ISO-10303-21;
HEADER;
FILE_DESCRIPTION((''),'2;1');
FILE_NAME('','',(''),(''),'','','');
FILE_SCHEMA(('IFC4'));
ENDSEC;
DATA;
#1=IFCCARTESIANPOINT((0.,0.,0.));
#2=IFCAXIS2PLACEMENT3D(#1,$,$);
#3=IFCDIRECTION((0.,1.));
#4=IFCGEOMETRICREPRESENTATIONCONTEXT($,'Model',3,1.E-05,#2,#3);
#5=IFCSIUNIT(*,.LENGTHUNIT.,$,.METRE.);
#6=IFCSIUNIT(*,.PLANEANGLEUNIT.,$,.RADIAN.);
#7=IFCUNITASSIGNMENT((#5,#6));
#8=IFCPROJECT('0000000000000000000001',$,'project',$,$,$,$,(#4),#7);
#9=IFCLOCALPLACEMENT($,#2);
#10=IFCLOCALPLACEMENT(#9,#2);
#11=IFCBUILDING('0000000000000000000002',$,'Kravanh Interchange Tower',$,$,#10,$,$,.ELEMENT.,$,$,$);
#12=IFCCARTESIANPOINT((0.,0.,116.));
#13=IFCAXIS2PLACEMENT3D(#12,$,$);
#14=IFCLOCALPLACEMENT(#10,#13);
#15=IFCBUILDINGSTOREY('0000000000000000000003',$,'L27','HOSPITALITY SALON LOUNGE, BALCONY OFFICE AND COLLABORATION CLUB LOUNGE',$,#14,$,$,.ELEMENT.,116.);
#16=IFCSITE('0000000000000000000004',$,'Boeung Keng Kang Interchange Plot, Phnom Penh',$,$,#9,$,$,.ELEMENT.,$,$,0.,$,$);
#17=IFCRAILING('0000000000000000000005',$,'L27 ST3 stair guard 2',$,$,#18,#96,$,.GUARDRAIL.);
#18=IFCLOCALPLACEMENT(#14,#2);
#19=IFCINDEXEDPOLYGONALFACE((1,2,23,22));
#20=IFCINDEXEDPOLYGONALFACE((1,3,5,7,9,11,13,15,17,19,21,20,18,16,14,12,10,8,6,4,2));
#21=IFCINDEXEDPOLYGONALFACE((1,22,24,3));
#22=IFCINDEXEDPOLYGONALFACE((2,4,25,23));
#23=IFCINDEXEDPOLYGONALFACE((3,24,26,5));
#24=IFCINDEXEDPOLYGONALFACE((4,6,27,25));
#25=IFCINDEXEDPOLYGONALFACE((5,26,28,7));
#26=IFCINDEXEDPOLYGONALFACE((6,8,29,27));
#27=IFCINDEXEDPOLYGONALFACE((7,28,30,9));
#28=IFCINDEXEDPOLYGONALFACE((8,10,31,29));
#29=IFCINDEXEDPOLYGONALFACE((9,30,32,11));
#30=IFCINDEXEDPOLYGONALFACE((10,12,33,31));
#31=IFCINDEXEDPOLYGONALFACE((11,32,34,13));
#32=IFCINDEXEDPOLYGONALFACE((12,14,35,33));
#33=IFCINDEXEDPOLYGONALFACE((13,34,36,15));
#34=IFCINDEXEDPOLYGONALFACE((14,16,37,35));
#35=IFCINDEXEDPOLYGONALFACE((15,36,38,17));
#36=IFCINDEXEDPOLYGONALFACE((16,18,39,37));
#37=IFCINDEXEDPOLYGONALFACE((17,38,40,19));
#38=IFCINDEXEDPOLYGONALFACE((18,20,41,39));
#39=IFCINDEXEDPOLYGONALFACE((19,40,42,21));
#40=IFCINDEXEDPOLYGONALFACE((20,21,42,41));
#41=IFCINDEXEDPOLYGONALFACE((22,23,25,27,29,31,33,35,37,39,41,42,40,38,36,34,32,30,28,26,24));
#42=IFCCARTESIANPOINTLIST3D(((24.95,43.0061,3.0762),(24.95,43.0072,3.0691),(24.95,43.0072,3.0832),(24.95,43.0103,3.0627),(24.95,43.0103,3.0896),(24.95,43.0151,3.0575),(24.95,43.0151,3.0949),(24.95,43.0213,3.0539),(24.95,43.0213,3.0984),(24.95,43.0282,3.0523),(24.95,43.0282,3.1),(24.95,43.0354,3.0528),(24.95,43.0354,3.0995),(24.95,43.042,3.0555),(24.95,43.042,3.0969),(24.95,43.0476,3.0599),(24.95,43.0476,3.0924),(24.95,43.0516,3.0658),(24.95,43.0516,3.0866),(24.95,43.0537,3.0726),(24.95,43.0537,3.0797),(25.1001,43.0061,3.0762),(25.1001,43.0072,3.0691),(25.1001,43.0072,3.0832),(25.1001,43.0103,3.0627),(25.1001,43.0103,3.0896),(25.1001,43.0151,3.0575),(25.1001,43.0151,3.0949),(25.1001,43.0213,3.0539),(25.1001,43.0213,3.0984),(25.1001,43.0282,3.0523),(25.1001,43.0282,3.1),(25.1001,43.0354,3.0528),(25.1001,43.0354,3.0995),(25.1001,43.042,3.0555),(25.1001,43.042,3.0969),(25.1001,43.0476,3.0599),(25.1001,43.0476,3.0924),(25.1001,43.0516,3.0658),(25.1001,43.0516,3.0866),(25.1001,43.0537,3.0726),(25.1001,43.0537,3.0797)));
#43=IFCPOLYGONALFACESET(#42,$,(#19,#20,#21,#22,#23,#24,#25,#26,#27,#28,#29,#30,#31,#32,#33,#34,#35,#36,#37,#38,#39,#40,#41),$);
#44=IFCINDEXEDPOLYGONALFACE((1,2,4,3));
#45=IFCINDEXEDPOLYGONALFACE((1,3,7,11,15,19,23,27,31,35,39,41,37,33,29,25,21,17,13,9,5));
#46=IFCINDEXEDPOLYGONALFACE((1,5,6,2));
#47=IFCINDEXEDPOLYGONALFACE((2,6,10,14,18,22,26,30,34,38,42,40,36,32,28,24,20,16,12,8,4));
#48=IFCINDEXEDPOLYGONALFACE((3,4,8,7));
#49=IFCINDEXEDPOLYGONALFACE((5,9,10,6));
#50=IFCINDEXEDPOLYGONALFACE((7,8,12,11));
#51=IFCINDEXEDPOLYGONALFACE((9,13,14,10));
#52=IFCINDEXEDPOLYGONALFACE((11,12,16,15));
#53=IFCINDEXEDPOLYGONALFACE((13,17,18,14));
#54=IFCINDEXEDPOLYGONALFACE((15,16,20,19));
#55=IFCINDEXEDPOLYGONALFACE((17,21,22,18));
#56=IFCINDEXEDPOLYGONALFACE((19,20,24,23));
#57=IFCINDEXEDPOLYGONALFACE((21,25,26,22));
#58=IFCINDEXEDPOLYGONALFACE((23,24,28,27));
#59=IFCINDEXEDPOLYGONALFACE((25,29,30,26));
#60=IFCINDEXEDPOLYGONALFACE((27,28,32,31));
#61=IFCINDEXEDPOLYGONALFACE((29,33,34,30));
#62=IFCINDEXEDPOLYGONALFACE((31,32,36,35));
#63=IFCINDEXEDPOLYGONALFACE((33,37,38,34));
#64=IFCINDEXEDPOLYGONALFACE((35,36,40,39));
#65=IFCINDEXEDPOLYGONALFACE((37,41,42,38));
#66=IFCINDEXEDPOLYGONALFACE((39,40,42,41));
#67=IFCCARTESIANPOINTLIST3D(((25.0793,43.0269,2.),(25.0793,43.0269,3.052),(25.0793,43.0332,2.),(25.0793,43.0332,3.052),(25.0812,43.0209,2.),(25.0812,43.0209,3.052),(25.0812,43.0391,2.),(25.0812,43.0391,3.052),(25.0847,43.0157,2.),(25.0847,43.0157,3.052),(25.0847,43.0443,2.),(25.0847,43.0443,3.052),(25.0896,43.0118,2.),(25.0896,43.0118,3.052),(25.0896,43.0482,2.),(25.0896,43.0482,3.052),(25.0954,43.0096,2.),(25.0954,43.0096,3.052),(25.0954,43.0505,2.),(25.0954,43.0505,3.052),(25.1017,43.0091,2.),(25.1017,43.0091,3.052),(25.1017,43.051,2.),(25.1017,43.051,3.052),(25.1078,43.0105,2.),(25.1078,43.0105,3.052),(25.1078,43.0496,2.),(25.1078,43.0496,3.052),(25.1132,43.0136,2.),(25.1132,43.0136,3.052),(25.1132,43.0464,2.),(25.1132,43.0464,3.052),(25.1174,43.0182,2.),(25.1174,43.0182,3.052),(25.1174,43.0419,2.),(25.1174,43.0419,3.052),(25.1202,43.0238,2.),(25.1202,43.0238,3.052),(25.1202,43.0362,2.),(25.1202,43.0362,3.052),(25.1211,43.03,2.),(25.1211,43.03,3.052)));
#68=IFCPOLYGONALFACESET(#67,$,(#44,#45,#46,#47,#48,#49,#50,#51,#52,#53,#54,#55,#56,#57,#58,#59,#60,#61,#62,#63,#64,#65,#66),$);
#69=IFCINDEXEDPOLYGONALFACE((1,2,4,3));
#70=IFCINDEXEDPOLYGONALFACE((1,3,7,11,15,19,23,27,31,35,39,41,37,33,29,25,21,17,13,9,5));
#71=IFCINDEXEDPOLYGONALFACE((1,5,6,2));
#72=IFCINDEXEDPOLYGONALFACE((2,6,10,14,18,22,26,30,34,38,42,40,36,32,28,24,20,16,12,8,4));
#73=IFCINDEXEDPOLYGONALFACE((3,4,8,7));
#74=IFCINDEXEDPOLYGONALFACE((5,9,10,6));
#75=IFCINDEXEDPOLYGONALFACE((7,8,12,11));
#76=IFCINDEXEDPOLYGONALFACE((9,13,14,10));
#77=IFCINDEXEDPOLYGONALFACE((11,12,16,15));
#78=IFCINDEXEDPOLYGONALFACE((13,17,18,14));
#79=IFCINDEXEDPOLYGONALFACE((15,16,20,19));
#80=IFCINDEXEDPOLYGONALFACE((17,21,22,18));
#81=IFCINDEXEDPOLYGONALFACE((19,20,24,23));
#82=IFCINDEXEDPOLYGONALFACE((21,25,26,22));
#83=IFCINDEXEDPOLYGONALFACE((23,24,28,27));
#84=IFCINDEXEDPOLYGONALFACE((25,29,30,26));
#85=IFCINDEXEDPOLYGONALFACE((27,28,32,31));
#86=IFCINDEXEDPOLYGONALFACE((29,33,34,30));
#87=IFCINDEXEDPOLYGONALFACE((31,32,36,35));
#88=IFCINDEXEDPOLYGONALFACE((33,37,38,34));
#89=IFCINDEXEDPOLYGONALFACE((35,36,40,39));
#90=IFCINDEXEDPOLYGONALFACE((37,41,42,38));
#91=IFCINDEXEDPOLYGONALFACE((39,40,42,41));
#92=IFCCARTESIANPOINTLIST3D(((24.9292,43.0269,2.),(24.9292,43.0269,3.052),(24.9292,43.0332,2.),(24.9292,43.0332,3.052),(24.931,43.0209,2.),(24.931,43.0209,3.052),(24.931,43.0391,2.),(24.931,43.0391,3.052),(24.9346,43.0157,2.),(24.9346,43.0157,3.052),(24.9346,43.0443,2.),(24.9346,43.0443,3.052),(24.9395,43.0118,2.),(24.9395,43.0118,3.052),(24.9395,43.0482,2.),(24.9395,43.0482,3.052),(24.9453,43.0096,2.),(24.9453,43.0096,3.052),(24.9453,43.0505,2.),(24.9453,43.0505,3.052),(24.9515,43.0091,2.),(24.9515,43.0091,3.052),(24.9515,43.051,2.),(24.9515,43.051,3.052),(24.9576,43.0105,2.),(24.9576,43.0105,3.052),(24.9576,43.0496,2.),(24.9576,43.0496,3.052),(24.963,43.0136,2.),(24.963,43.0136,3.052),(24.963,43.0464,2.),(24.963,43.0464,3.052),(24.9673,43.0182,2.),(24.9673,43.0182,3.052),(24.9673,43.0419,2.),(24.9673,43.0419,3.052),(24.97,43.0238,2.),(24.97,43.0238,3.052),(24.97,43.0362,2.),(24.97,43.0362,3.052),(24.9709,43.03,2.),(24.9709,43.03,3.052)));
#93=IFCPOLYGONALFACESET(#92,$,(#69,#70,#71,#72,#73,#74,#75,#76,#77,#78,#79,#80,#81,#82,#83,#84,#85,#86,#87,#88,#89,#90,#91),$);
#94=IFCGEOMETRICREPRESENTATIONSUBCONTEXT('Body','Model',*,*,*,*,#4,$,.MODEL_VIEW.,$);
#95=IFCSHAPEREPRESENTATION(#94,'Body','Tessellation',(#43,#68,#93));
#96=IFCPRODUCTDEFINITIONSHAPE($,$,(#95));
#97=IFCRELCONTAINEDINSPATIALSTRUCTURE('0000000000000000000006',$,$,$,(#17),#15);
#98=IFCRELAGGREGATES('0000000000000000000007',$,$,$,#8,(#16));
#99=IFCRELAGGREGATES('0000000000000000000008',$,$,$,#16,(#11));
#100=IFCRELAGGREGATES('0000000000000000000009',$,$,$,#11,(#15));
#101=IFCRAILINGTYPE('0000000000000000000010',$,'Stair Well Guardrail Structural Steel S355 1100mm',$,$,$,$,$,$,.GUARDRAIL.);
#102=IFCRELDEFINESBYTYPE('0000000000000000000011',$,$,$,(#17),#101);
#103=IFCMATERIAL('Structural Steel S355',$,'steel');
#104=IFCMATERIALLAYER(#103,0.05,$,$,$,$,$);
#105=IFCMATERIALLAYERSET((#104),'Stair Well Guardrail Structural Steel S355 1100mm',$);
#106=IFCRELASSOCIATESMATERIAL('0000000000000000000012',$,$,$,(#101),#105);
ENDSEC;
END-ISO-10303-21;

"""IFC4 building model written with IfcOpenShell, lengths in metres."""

from ifc_helpers import new_model, si_unit, direction, frame, origin, origin_2d, place, context, subcontext, project, spatial, circle, extrude, material, layer, layer_set, type_object, element, save


model = new_model("IFC4")

# Units and contexts
model_context = context("Model", 3, precision=1e-05, world=origin(), true_north=direction((0.0, 1.0)))
body_context = subcontext(model_context, "Body", "Model", "MODEL_VIEW")
ifc_project = project(units=[si_unit("LENGTHUNIT", "METRE"), si_unit("PLANEANGLEUNIT", "RADIAN")], contexts=[model_context])

# Site, building, storey
site_placement = place(None, origin())
site = spatial("IfcSite", under=ifc_project, at=site_placement, Name="Boeung Keng Kang Interchange Plot, Phnom Penh", CompositionType="ELEMENT", RefElevation=0.0)
building_placement = place(site_placement, origin())
building = spatial("IfcBuilding", under=site, at=building_placement, Name="Kravanh Interchange Tower", CompositionType="ELEMENT")
storey_placement = place(building_placement, frame((0.0, 0.0, 116.0)))
storey = spatial("IfcBuildingStorey", under=building, at=storey_placement, Name="L27", Description="HOSPITALITY SALON LOUNGE, BALCONY OFFICE AND COLLABORATION CLUB LOUNGE", CompositionType="ELEMENT", Elevation=116.0)

# Railing
ifc_material_1 = material(Name="Structural Steel S355", Category="steel")
ifc_layer_1 = layer(ifc_material_1, 0.05)
ifc_layer_set_1 = layer_set([ifc_layer_1], Name="Stair Well Guardrail Structural Steel S355 1100mm")
railing_type_1 = type_object("IfcRailingType", Name="Stair Well Guardrail Structural Steel S355 1100mm", PredefinedType="GUARDRAIL", material=ifc_layer_set_1)
railing_1_placement = place(storey_placement, frame((25.1001, 43.03, 2.0)))
element("IfcRailing", 1, at=railing_1_placement, inside=storey, type_object=railing_type_1, Name="L27 ST3 stair guard 2", PredefinedType="GUARDRAIL", context=body_context, shape_type="SweptSolid", body=[
    extrude(circle(Radius=0.0239, at=origin_2d()), frame((0.0, 0.0, 1.0762), z_axis=(-1.0, 0.0, 0.0), x_axis=(0.0, -1.0, 0.0)), (0.0, 0.0, 1.0), 0.1501),
    extrude(circle(Radius=0.021, at=origin_2d()), origin(), (0.0, 0.0, 1.0), 1.052),
    extrude(circle(Radius=0.021, at=origin_2d()), frame((-0.1501, 0.0, 0.0)), (0.0, 0.0, 1.0), 1.052),
])

save(model, "model.ifc")
